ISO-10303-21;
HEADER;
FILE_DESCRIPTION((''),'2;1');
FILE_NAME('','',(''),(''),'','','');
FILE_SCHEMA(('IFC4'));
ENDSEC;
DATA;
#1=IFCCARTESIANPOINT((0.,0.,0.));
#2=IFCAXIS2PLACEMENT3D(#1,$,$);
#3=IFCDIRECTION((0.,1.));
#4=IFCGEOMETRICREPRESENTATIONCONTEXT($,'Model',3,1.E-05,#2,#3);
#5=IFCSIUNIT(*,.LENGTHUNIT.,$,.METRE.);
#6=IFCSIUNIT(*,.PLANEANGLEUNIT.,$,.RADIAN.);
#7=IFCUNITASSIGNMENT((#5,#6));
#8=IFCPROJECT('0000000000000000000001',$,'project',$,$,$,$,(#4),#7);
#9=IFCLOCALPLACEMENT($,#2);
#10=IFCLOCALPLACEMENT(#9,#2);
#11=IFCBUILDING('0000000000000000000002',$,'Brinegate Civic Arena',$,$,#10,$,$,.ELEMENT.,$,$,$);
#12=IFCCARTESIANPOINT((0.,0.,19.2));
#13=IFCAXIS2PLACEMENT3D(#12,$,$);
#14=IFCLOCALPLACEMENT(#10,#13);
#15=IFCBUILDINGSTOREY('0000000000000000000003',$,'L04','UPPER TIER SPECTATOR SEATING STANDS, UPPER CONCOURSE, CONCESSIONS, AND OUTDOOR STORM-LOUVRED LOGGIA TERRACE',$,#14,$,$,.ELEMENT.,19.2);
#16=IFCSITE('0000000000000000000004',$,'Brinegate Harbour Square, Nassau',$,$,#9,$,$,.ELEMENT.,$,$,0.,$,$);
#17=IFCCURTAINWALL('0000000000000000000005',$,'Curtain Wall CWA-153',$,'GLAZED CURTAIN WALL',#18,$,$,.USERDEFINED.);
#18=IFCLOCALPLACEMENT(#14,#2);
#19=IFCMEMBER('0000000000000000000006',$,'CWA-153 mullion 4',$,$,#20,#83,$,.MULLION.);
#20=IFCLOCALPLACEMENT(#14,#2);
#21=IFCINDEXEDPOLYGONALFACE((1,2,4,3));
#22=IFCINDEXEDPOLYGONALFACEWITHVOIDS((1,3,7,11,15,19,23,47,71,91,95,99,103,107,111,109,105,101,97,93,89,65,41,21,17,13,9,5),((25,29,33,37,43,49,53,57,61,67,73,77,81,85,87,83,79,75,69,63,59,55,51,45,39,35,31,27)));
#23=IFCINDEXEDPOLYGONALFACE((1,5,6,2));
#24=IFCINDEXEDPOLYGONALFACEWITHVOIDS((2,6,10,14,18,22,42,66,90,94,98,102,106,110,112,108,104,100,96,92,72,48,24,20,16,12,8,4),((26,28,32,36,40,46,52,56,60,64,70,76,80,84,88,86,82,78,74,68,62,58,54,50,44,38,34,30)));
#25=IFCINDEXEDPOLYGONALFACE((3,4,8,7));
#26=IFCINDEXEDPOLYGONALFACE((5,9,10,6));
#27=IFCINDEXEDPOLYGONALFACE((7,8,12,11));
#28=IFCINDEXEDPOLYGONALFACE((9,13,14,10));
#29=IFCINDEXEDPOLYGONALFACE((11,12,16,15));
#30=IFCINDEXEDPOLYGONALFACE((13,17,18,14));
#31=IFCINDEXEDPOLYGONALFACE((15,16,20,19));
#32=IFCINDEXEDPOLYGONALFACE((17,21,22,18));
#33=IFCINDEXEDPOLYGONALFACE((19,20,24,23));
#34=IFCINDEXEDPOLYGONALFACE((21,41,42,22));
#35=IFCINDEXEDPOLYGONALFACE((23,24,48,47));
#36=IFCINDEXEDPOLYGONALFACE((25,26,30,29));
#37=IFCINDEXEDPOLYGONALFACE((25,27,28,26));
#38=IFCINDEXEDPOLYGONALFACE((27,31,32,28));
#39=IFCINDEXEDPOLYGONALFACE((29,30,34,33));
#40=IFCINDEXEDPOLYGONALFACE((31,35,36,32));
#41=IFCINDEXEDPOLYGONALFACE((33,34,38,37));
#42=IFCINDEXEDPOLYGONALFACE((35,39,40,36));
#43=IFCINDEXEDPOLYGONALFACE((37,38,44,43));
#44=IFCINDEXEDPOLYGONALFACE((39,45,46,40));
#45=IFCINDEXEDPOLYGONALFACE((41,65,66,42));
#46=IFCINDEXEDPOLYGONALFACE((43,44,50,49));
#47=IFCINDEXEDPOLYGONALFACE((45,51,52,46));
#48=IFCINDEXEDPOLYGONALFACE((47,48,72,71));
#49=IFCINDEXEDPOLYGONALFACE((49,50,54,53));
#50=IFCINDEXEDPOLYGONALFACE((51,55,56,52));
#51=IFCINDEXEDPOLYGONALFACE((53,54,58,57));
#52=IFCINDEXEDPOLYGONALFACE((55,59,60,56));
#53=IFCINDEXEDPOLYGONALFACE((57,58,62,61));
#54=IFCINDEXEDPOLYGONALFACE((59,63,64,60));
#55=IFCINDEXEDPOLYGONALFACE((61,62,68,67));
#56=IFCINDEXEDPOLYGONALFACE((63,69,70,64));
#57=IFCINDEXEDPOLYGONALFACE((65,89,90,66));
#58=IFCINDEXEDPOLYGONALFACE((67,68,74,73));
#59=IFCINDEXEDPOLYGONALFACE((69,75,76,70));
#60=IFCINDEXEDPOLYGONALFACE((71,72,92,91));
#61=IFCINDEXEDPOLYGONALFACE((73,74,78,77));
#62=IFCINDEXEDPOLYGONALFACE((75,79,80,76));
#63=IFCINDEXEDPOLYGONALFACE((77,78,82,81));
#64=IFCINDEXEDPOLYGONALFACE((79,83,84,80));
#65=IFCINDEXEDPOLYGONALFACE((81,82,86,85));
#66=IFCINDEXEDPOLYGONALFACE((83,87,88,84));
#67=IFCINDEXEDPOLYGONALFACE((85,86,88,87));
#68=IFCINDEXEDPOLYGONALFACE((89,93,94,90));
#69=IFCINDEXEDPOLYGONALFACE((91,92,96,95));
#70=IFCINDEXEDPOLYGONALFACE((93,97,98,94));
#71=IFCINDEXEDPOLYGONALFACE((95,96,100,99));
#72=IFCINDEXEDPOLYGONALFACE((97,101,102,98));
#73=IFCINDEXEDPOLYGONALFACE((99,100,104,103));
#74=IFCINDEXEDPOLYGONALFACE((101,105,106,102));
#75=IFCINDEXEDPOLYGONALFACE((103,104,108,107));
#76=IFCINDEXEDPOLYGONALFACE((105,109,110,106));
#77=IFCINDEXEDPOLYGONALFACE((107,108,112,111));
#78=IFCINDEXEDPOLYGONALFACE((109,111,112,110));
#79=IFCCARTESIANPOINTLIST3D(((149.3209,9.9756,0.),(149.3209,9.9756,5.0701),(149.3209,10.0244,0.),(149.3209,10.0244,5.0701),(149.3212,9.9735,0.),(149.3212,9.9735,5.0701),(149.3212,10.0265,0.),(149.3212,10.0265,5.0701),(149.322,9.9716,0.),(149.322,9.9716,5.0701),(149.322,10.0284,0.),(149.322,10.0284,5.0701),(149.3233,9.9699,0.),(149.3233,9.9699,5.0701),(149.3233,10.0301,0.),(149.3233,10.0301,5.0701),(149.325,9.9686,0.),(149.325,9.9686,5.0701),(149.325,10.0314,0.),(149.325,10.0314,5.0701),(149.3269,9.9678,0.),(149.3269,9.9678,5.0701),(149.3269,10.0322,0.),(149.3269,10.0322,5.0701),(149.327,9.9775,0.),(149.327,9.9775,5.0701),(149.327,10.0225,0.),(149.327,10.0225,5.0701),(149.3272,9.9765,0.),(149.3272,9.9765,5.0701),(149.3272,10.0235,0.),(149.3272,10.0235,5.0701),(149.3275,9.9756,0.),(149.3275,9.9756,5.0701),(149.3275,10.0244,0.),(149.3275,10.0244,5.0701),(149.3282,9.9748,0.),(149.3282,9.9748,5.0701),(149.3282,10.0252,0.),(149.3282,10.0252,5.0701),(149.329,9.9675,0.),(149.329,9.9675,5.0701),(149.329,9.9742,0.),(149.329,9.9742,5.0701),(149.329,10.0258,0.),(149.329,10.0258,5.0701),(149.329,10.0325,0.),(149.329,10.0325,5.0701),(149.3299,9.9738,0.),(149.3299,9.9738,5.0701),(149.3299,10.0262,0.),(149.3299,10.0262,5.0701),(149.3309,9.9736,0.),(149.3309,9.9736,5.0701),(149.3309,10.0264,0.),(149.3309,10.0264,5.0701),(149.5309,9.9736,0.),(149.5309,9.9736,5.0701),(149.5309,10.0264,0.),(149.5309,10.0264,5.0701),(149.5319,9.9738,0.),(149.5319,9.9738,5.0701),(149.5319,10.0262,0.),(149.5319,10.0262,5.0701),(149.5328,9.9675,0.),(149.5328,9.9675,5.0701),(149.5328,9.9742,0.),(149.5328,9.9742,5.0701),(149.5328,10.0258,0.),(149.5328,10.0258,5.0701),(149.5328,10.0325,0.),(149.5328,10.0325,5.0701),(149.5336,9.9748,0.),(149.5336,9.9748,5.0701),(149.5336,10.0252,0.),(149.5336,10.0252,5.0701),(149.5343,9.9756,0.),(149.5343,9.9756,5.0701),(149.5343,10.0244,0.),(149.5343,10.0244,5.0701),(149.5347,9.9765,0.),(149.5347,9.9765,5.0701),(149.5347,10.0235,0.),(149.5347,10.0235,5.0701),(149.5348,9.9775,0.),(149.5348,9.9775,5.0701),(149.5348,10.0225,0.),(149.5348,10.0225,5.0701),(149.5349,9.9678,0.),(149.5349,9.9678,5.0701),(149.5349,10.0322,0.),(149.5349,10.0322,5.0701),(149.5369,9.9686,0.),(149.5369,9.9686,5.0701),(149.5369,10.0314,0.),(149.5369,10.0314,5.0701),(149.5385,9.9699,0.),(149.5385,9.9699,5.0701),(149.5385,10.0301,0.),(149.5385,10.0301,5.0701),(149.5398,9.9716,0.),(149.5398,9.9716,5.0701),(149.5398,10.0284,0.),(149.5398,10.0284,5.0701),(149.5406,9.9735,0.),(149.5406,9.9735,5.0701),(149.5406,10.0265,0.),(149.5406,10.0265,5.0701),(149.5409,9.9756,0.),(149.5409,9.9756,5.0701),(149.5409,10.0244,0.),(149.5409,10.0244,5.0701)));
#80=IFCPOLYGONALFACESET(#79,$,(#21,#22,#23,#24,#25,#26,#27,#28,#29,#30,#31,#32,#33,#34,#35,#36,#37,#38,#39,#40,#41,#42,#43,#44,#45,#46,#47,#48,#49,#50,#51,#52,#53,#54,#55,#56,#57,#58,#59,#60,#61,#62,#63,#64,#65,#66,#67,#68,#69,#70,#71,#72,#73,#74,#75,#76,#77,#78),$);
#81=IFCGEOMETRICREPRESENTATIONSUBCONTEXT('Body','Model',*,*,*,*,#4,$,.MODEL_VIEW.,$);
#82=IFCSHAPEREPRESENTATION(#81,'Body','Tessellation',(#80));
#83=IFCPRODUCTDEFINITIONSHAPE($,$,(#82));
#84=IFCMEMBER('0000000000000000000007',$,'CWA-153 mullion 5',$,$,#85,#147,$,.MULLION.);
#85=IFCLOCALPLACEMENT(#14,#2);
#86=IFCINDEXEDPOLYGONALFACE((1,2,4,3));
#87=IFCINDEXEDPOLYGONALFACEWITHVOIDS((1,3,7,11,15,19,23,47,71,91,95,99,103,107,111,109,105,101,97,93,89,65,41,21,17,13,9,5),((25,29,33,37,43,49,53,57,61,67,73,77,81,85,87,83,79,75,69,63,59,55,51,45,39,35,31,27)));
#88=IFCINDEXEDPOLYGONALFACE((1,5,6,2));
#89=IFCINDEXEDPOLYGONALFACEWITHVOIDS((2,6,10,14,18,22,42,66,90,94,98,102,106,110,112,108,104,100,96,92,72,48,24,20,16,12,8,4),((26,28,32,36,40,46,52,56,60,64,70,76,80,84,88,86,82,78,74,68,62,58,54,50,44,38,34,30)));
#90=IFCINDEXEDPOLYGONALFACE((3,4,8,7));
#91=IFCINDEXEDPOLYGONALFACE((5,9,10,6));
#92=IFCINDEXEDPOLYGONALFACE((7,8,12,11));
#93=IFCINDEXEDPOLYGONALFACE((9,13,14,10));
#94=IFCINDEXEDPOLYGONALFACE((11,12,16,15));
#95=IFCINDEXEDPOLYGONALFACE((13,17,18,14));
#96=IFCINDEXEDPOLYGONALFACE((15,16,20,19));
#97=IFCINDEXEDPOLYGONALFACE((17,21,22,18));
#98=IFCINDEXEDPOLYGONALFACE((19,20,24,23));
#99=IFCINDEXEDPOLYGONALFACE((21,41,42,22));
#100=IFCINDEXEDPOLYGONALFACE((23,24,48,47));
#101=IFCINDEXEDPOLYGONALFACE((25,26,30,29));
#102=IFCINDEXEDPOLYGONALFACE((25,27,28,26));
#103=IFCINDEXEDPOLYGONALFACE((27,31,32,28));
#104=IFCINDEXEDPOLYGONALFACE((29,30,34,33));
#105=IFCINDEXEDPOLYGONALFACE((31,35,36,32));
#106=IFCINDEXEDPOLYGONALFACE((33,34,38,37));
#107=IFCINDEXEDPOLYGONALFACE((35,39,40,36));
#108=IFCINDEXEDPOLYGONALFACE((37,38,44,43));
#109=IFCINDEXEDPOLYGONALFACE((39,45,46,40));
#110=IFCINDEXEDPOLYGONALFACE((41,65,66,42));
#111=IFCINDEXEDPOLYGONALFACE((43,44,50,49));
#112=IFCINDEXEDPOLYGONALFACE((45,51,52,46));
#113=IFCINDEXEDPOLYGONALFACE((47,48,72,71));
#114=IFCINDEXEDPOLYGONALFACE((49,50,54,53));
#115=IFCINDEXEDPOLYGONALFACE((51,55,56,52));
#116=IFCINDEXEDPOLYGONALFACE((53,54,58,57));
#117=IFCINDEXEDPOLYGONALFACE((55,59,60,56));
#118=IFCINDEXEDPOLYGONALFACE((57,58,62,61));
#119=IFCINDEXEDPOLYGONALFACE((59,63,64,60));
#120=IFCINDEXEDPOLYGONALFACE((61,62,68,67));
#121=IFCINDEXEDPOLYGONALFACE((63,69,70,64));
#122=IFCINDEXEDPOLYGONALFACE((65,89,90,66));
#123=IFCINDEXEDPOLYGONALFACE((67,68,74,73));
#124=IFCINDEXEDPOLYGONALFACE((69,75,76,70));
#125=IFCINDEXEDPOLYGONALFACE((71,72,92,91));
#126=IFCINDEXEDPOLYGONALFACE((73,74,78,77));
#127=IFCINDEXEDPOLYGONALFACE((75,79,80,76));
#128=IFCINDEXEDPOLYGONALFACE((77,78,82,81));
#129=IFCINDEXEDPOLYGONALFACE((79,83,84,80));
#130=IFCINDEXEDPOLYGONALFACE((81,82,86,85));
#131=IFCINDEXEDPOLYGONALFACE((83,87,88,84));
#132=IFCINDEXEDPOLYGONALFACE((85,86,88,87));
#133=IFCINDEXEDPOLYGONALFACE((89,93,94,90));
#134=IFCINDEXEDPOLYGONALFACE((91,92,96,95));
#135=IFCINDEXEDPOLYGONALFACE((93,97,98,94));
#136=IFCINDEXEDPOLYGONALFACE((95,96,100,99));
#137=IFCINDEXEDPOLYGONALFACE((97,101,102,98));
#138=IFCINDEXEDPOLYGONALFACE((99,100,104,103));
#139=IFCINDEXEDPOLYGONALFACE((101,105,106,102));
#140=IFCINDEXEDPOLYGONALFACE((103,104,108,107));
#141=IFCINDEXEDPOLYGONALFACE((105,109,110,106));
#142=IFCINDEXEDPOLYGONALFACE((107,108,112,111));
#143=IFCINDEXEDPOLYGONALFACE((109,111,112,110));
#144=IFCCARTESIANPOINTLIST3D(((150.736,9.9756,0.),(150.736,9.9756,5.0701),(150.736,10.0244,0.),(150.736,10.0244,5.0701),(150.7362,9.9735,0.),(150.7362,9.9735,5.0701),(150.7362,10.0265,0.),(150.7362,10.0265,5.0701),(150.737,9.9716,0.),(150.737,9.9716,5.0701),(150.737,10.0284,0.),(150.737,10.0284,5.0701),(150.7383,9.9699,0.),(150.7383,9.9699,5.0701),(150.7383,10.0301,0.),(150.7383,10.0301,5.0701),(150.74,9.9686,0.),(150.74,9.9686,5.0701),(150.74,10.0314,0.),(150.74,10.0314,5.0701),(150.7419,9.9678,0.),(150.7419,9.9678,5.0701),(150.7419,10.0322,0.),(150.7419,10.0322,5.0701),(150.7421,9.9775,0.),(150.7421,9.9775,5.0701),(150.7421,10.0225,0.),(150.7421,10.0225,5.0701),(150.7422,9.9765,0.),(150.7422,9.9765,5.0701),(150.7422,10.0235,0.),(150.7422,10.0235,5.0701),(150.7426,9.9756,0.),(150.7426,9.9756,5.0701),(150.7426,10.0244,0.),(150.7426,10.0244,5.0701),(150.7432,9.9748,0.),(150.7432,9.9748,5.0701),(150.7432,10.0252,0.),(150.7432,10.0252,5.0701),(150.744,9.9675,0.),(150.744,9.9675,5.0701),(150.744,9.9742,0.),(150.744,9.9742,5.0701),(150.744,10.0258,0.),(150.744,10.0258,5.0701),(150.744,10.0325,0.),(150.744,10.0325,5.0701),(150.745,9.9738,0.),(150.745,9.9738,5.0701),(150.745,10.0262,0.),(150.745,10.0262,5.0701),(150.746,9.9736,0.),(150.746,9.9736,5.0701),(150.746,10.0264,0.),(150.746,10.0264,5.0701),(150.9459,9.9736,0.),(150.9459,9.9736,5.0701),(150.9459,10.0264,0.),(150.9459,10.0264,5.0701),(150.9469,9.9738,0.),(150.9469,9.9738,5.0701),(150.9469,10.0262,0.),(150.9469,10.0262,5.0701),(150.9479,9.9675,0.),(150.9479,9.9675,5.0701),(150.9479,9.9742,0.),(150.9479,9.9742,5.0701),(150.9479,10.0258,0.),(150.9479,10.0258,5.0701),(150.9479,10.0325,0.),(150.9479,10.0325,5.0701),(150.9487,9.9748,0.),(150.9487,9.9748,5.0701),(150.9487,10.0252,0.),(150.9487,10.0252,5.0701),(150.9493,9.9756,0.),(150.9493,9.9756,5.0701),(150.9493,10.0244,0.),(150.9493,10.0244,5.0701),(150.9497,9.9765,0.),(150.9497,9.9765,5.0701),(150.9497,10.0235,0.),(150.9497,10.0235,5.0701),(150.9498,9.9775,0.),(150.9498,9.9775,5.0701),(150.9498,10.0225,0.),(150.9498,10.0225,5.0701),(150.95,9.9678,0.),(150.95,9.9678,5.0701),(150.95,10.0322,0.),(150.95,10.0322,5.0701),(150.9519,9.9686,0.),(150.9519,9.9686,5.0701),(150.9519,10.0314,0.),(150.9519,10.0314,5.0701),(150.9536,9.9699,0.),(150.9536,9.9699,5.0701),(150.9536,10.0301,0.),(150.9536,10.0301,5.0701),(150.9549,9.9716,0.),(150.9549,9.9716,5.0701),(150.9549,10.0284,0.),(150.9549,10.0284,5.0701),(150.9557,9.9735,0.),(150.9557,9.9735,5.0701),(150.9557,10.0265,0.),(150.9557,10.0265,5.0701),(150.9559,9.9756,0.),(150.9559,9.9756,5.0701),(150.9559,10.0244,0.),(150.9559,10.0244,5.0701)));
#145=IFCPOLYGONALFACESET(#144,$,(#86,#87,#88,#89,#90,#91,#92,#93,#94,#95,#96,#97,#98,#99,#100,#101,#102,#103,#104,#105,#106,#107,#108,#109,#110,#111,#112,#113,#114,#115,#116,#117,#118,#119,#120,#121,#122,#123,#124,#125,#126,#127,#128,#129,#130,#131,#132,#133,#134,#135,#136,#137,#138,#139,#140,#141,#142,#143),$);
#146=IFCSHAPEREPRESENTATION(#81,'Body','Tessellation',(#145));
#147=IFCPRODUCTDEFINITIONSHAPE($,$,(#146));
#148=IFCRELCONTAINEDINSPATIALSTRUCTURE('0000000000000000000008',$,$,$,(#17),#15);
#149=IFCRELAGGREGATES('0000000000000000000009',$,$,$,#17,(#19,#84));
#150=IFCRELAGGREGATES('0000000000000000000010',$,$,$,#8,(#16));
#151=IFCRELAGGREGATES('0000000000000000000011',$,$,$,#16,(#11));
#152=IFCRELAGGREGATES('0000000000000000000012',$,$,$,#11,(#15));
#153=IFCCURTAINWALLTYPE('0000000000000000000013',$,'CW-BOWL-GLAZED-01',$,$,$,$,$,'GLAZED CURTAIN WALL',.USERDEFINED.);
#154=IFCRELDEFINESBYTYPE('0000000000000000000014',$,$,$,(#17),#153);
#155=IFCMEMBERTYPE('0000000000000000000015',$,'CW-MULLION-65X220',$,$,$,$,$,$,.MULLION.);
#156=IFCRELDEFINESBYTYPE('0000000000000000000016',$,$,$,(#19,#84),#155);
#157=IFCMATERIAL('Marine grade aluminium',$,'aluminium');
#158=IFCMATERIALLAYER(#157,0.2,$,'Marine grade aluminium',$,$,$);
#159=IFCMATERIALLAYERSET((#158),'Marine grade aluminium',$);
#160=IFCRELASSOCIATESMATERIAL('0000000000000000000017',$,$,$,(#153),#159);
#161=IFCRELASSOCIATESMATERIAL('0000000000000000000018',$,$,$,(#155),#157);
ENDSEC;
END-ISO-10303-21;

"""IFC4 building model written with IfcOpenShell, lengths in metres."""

from ifc_helpers import new_model, si_unit, direction, frame, origin, origin_2d, place, context, subcontext, project, spatial, hollow_rectangle, extrude, material, layer, layer_set, material_profile, profile_set, type_object, element, aggregate, save


model = new_model("IFC4")

# Units and contexts
model_context = context("Model", 3, precision=1e-05, world=origin(), true_north=direction((0.0, 1.0)))
body_context = subcontext(model_context, "Body", "Model", "MODEL_VIEW")
ifc_project = project(units=[si_unit("LENGTHUNIT", "METRE"), si_unit("PLANEANGLEUNIT", "RADIAN")], contexts=[model_context])

# Site, building, storey
site_placement = place(None, origin())
site = spatial("IfcSite", under=ifc_project, at=site_placement, Name="Brinegate Harbour Square, Nassau", CompositionType="ELEMENT", RefElevation=0.0)
building_placement = place(site_placement, origin())
building = spatial("IfcBuilding", under=site, at=building_placement, Name="Brinegate Civic Arena", CompositionType="ELEMENT")
storey_placement = place(building_placement, frame((0.0, 0.0, 19.2)))
storey = spatial("IfcBuildingStorey", under=building, at=storey_placement, Name="L04", Description="UPPER TIER SPECTATOR SEATING STANDS, UPPER CONCOURSE, CONCESSIONS, AND OUTDOOR STORM-LOUVRED LOGGIA TERRACE", CompositionType="ELEMENT", Elevation=19.2)

# Curtain wall, members
ifc_material_1 = material(Name="Marine grade aluminium", Category="aluminium")
ifc_layer_1 = layer(ifc_material_1, 0.2, Name="Marine grade aluminium")
ifc_layer_set_1 = layer_set([ifc_layer_1], Name="Marine grade aluminium")
curtain_wall_type = type_object("IfcCurtainWallType", Name="CW-BOWL-GLAZED-01", ElementType="GLAZED CURTAIN WALL", PredefinedType="USERDEFINED", material=ifc_layer_set_1)
curtain_wall_placement = place(storey_placement, origin())
curtain_wall = element("IfcCurtainWall", 1, at=curtain_wall_placement, inside=storey, type_object=curtain_wall_type, Name="Curtain Wall CWA-153", ObjectType="GLAZED CURTAIN WALL", PredefinedType="USERDEFINED")
ifc_material_profile_1 = material_profile(ifc_material_1, hollow_rectangle(XDim=0.0649, YDim=0.22, WallThickness=0.0061, InnerFilletRadius=0.0039, OuterFilletRadius=0.0081, at=origin_2d()), Name="MUL65X220")
ifc_profile_set_1 = profile_set([ifc_material_profile_1], Name="Marine grade aluminium")
member_type_1 = type_object("IfcMemberType", Name="CW-MULLION-65X220", PredefinedType="MULLION", material=ifc_profile_set_1)
member_1_placement = place(storey_placement, frame((149.4309, 10.0, 0.0), z_axis=(0.0, 0.0, 1.0), x_axis=(0.0, 1.0, 0.0)))
member_1 = element("IfcMember", 2, at=member_1_placement, type_object=member_type_1, Name="CWA-153 mullion 4", PredefinedType="MULLION", context=body_context, shape_type="SweptSolid", body=[
    extrude(hollow_rectangle(XDim=0.0649, YDim=0.22, WallThickness=0.0061, InnerFilletRadius=0.0039, OuterFilletRadius=0.0081, at=origin_2d()), origin(), (0.0, 0.0, 1.0), 5.0701),
])
member_2_placement = place(storey_placement, frame((150.8459, 10.0, 0.0), z_axis=(0.0, 0.0, 1.0), x_axis=(0.0, 1.0, 0.0)))
member_2 = element("IfcMember", 3, at=member_2_placement, type_object=member_type_1, Name="CWA-153 mullion 5", PredefinedType="MULLION", context=body_context, shape_type="SweptSolid", body=[
    extrude(hollow_rectangle(XDim=0.0649, YDim=0.22, WallThickness=0.0061, InnerFilletRadius=0.0039, OuterFilletRadius=0.0081, at=origin_2d()), origin(), (0.0, 0.0, 1.0), 5.0701),
])
aggregate(curtain_wall, [member_1, member_2])

save(model, "model.ifc")
